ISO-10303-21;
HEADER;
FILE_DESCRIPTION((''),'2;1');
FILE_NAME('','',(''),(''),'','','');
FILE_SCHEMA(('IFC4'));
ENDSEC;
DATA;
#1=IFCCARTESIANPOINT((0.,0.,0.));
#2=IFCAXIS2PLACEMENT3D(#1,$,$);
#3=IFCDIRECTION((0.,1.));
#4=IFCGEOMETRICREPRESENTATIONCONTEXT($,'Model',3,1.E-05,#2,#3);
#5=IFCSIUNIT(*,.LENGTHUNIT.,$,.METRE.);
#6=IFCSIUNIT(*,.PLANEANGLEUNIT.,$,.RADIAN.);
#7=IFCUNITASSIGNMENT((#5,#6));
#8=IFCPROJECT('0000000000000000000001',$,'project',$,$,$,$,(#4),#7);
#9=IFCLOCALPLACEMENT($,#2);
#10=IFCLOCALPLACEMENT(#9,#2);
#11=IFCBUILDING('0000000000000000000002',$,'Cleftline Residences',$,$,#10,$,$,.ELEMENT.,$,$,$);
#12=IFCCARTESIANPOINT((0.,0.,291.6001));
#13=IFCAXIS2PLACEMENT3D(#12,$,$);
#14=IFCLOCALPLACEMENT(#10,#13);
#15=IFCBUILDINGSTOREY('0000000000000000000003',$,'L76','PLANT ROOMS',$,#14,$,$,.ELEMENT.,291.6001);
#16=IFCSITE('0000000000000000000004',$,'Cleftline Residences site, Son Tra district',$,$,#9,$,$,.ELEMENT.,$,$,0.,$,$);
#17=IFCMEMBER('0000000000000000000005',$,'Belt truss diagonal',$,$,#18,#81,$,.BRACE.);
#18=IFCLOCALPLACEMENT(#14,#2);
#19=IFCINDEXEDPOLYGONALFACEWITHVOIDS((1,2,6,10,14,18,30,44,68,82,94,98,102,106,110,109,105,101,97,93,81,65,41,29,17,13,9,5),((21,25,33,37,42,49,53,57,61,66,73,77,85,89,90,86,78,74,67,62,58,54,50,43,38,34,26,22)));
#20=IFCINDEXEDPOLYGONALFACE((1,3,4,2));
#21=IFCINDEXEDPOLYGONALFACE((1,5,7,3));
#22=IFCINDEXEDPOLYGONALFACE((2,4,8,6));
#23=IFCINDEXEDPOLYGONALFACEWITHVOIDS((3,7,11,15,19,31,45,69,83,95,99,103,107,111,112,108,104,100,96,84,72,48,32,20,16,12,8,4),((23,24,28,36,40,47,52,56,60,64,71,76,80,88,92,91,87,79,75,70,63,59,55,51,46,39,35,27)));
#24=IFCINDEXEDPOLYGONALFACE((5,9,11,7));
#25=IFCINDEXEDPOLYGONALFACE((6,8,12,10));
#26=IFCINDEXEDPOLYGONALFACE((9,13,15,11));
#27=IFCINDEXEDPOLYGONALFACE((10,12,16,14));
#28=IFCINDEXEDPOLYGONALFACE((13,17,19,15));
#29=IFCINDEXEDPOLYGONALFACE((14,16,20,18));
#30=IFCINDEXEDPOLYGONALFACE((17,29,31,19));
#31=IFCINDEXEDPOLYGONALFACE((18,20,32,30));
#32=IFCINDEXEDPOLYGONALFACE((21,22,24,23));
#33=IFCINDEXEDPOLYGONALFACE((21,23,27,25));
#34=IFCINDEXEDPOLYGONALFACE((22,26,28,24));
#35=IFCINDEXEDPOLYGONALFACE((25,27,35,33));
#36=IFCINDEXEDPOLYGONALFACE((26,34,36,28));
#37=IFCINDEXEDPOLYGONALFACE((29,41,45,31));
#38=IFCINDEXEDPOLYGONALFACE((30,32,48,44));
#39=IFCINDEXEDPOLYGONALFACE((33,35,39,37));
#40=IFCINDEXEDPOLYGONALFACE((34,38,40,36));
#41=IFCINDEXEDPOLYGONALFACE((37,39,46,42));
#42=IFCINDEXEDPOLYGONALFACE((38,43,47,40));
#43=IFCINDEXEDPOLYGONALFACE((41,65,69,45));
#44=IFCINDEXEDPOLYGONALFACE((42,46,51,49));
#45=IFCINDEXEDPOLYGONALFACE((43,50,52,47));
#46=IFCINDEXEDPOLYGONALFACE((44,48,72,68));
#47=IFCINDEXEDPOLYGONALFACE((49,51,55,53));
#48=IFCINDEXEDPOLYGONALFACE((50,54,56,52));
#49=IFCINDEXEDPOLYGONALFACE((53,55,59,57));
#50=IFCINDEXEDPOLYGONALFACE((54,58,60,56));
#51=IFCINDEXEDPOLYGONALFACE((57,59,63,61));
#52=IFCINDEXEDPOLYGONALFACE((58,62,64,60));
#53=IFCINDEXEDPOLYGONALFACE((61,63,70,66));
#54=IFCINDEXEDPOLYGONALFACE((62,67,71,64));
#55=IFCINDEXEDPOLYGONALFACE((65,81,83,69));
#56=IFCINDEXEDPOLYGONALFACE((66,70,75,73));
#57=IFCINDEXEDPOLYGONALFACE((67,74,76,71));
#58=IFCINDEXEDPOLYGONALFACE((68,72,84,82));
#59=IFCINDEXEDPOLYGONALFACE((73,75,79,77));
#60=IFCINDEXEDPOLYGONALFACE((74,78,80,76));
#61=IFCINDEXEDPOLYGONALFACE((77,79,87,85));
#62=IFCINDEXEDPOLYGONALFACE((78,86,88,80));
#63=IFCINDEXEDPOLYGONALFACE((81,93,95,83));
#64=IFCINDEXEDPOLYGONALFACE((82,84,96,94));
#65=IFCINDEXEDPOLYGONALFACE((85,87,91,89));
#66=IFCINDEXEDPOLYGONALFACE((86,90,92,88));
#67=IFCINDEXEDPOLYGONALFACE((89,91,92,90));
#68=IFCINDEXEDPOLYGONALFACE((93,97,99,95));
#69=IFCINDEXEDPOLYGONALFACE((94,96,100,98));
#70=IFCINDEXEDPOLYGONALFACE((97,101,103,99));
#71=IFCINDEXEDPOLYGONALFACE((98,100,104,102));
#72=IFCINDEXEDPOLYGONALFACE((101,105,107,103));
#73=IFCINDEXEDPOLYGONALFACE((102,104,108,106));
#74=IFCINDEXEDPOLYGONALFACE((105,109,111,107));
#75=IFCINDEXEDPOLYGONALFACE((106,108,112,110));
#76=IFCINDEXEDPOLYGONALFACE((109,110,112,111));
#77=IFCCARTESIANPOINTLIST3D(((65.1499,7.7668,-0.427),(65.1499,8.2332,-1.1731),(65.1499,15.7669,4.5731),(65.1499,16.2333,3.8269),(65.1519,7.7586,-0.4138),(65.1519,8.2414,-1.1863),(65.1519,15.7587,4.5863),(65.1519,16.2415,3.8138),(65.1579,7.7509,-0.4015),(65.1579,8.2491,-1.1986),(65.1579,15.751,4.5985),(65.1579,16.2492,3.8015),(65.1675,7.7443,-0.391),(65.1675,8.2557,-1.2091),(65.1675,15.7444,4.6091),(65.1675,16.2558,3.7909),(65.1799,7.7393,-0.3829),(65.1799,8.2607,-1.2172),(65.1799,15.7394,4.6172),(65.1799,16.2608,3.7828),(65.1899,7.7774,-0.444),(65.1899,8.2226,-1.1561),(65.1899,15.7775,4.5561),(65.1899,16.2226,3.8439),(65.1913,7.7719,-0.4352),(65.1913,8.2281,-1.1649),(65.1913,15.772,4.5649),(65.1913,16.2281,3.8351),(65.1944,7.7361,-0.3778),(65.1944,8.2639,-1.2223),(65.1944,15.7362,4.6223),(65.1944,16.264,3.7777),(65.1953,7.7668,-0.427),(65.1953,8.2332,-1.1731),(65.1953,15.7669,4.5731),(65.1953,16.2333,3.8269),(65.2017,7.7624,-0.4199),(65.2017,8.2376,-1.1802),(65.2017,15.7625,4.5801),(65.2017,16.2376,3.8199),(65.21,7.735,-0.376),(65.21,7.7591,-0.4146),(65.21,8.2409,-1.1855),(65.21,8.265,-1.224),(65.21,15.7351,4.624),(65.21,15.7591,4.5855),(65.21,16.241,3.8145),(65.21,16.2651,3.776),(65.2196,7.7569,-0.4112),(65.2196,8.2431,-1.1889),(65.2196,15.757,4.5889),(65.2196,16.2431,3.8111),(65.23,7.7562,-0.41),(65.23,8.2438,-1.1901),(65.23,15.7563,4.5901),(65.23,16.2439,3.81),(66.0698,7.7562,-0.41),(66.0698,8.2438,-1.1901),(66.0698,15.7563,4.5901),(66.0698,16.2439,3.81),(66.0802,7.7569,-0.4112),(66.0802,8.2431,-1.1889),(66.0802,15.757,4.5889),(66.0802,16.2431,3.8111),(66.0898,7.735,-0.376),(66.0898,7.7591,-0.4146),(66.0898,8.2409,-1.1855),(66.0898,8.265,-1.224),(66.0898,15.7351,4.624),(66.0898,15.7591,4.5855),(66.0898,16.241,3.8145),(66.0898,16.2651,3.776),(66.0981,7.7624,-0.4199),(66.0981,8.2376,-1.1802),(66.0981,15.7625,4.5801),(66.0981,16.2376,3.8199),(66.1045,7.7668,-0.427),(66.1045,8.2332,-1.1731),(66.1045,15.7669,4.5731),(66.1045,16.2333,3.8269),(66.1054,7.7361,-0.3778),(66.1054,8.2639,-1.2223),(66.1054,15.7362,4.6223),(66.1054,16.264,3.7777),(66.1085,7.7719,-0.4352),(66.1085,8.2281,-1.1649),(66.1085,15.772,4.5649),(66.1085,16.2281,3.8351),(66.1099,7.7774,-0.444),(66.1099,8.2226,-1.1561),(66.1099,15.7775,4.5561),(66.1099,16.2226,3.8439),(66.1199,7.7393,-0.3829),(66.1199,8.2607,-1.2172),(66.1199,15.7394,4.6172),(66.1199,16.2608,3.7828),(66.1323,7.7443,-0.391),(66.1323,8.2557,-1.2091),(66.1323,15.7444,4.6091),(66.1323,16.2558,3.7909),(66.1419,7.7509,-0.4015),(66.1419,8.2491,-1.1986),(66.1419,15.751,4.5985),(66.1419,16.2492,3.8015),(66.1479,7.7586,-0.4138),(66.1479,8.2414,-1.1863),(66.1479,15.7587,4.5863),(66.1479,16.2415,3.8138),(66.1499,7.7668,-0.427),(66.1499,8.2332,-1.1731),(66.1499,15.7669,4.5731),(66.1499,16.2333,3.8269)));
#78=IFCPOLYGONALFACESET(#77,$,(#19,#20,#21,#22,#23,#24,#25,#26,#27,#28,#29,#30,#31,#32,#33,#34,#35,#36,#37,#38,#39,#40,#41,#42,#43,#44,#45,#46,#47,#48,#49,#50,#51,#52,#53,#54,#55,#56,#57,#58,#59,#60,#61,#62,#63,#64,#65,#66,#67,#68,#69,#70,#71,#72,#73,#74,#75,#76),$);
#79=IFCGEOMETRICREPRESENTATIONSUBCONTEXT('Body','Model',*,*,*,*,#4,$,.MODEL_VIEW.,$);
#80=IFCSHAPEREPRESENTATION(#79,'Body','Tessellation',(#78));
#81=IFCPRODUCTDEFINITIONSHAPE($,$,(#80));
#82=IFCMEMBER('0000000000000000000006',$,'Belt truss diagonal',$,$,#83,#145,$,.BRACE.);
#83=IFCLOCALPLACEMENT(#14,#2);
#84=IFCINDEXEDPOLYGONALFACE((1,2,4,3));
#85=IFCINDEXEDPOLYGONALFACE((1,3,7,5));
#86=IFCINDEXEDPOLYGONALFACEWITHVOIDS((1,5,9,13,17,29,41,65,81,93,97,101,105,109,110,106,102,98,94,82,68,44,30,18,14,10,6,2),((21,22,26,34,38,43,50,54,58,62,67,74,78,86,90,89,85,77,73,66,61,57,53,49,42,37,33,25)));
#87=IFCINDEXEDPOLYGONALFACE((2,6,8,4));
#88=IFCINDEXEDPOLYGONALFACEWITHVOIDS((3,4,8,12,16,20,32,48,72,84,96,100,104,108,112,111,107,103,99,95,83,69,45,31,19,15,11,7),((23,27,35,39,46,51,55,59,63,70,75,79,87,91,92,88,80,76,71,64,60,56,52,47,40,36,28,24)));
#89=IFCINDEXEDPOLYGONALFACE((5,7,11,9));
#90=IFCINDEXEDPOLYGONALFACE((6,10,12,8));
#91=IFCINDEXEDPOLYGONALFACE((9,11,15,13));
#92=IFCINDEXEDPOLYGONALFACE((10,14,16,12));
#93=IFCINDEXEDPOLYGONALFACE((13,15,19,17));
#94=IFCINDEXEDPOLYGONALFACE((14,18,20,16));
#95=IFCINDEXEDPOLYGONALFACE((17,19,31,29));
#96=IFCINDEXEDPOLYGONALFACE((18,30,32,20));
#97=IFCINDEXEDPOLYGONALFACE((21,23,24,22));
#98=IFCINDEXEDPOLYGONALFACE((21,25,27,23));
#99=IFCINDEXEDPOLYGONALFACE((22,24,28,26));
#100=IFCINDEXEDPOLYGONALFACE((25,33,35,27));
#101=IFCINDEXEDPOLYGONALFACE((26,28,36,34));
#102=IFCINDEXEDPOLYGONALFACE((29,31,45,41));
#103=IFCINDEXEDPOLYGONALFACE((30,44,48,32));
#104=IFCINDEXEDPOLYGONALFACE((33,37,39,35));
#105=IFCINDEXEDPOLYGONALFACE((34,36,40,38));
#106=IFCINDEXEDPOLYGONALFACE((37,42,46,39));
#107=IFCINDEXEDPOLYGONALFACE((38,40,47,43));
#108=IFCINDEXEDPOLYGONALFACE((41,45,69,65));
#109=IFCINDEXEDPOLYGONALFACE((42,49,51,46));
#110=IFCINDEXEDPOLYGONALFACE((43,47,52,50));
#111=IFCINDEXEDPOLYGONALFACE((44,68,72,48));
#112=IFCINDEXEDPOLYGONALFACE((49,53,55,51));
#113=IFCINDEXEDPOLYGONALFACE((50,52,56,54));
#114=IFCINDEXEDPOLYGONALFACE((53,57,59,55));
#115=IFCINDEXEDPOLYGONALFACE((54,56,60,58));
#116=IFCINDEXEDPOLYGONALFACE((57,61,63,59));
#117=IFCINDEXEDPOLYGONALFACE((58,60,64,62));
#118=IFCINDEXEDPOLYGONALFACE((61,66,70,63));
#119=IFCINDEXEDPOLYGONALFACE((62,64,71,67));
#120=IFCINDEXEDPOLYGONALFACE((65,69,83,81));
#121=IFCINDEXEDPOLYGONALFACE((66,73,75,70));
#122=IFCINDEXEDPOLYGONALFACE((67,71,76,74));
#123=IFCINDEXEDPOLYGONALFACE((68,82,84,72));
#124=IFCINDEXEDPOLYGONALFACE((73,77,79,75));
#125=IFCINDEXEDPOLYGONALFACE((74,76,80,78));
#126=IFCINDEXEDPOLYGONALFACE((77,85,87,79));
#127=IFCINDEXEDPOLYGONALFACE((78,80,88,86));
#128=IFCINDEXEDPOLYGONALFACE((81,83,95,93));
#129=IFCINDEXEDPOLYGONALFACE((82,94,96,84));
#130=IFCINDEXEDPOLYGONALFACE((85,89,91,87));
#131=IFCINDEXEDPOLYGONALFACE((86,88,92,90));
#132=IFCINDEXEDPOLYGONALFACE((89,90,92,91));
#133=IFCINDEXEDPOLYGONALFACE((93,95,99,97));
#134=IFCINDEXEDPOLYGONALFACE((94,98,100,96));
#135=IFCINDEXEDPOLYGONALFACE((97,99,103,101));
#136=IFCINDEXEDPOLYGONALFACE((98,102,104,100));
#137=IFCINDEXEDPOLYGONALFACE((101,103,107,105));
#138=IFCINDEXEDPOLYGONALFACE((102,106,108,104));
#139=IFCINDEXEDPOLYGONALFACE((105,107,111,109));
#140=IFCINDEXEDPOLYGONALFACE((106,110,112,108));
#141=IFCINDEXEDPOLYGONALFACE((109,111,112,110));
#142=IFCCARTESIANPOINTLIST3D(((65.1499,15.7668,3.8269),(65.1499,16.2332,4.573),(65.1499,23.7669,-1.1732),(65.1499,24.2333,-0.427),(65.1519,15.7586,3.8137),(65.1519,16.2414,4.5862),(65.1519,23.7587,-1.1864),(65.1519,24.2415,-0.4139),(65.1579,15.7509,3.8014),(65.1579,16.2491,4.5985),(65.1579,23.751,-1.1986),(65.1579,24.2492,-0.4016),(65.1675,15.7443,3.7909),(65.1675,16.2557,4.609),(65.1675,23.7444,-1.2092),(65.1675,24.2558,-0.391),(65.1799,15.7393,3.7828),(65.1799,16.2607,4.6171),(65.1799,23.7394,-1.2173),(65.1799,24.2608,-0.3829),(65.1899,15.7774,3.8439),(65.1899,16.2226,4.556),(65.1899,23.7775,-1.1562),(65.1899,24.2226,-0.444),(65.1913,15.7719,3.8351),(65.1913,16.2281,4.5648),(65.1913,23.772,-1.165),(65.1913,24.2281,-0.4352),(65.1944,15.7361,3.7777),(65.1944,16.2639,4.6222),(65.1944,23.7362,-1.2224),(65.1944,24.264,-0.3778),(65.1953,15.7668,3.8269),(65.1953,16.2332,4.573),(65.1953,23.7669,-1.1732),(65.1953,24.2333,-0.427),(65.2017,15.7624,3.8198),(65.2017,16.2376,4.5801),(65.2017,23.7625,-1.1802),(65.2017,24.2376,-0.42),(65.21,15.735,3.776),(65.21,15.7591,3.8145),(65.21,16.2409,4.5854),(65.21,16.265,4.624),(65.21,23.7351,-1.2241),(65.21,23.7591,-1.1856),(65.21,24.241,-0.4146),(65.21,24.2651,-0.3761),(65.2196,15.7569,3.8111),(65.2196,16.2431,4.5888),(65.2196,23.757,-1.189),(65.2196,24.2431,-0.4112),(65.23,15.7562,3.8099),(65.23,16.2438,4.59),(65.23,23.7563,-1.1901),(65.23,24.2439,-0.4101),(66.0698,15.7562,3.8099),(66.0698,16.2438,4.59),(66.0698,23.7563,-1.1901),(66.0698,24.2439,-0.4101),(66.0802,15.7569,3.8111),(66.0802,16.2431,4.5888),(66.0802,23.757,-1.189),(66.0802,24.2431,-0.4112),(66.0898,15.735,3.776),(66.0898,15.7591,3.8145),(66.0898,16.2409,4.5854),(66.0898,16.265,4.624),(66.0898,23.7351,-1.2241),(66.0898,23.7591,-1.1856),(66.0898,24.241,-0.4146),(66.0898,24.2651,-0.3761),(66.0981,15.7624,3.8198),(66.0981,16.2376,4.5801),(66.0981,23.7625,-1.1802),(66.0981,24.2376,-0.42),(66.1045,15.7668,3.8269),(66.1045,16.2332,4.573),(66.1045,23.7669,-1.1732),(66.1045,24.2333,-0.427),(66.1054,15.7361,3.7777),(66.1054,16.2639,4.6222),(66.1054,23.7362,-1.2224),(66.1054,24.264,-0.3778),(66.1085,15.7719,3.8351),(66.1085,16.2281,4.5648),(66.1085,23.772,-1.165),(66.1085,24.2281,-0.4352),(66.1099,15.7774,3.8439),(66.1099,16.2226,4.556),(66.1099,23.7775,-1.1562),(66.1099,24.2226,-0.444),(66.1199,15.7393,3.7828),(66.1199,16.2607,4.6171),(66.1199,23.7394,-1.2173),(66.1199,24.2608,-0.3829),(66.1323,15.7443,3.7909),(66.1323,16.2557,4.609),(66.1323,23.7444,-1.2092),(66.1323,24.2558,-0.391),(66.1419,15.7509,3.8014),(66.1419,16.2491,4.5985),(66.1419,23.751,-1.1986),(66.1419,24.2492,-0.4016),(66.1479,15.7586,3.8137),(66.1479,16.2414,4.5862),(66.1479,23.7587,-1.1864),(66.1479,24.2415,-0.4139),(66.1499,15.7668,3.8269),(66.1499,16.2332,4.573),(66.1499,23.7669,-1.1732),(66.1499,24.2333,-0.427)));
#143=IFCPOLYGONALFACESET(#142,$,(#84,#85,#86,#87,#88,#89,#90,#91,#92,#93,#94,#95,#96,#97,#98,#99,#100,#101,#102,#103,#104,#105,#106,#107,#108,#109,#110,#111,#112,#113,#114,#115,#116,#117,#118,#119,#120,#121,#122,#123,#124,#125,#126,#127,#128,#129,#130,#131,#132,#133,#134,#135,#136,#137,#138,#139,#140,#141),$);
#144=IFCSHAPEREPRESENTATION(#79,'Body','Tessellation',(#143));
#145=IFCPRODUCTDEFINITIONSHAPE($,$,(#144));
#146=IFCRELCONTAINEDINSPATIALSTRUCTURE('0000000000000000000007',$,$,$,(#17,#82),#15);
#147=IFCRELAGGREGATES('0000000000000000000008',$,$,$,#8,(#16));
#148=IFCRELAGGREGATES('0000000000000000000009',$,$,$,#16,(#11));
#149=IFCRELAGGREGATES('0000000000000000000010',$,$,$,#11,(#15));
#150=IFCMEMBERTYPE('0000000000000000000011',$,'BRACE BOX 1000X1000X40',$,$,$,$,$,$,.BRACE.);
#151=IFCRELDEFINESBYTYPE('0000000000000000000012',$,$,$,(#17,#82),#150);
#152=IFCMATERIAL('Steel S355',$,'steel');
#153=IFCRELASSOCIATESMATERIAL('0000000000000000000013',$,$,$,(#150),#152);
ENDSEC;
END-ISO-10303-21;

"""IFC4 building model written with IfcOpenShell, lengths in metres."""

from ifc_helpers import new_model, si_unit, direction, frame, origin, origin_2d, place, context, subcontext, project, spatial, hollow_rectangle, extrude, material, material_profile, profile_set, type_object, element, save


model = new_model("IFC4")

# Units and contexts
model_context = context("Model", 3, precision=1e-05, world=origin(), true_north=direction((0.0, 1.0)))
body_context = subcontext(model_context, "Body", "Model", "MODEL_VIEW")
ifc_project = project(units=[si_unit("LENGTHUNIT", "METRE"), si_unit("PLANEANGLEUNIT", "RADIAN")], contexts=[model_context])

# Site, building, storey
site_placement = place(None, origin())
site = spatial("IfcSite", under=ifc_project, at=site_placement, Name="Cleftline Residences site, Son Tra district", CompositionType="ELEMENT", RefElevation=0.0)
building_placement = place(site_placement, origin())
building = spatial("IfcBuilding", under=site, at=building_placement, Name="Cleftline Residences", CompositionType="ELEMENT")
storey_placement = place(building_placement, frame((0.0, 0.0, 291.6001)))
storey = spatial("IfcBuildingStorey", under=building, at=storey_placement, Name="L76", Description="PLANT ROOMS", CompositionType="ELEMENT", Elevation=291.6001)

# Members
ifc_material_1 = material(Name="Steel S355", Category="steel")
ifc_material_profile_1 = material_profile(ifc_material_1, hollow_rectangle(XDim=1.0, YDim=1.0, WallThickness=0.04, InnerFilletRadius=0.04, OuterFilletRadius=0.0601, at=origin_2d()))
ifc_profile_set_1 = profile_set([ifc_material_profile_1], Name="Steel S355")
member_type_1 = type_object("IfcMemberType", Name="BRACE BOX 1000X1000X40", PredefinedType="BRACE", material=ifc_profile_set_1)
for number, where, z_axis, x_axis, name in (
    (1, (65.6499, 8.0, -0.8), (0.0, 0.847998, 0.529999), (0.0, -0.529999, 0.847998), "Belt truss diagonal"),
    (2, (65.6499, 16.0, 4.2), (0.0, 0.847998, -0.529999), (0.0, 0.529999, 0.847998), "Belt truss diagonal"),
):
    element("IfcMember", number, at=place(storey_placement, frame(where, z_axis=z_axis, x_axis=x_axis)), inside=storey, type_object=member_type_1, Name=name, PredefinedType="BRACE", context=body_context, shape_type="SweptSolid", body=[
        extrude(hollow_rectangle(XDim=1.0, YDim=1.0, WallThickness=0.04, InnerFilletRadius=0.04, OuterFilletRadius=0.0601, at=origin_2d()), origin(), (0.0, 0.0, 1.0), 9.4341),
    ])

save(model, "model.ifc")
